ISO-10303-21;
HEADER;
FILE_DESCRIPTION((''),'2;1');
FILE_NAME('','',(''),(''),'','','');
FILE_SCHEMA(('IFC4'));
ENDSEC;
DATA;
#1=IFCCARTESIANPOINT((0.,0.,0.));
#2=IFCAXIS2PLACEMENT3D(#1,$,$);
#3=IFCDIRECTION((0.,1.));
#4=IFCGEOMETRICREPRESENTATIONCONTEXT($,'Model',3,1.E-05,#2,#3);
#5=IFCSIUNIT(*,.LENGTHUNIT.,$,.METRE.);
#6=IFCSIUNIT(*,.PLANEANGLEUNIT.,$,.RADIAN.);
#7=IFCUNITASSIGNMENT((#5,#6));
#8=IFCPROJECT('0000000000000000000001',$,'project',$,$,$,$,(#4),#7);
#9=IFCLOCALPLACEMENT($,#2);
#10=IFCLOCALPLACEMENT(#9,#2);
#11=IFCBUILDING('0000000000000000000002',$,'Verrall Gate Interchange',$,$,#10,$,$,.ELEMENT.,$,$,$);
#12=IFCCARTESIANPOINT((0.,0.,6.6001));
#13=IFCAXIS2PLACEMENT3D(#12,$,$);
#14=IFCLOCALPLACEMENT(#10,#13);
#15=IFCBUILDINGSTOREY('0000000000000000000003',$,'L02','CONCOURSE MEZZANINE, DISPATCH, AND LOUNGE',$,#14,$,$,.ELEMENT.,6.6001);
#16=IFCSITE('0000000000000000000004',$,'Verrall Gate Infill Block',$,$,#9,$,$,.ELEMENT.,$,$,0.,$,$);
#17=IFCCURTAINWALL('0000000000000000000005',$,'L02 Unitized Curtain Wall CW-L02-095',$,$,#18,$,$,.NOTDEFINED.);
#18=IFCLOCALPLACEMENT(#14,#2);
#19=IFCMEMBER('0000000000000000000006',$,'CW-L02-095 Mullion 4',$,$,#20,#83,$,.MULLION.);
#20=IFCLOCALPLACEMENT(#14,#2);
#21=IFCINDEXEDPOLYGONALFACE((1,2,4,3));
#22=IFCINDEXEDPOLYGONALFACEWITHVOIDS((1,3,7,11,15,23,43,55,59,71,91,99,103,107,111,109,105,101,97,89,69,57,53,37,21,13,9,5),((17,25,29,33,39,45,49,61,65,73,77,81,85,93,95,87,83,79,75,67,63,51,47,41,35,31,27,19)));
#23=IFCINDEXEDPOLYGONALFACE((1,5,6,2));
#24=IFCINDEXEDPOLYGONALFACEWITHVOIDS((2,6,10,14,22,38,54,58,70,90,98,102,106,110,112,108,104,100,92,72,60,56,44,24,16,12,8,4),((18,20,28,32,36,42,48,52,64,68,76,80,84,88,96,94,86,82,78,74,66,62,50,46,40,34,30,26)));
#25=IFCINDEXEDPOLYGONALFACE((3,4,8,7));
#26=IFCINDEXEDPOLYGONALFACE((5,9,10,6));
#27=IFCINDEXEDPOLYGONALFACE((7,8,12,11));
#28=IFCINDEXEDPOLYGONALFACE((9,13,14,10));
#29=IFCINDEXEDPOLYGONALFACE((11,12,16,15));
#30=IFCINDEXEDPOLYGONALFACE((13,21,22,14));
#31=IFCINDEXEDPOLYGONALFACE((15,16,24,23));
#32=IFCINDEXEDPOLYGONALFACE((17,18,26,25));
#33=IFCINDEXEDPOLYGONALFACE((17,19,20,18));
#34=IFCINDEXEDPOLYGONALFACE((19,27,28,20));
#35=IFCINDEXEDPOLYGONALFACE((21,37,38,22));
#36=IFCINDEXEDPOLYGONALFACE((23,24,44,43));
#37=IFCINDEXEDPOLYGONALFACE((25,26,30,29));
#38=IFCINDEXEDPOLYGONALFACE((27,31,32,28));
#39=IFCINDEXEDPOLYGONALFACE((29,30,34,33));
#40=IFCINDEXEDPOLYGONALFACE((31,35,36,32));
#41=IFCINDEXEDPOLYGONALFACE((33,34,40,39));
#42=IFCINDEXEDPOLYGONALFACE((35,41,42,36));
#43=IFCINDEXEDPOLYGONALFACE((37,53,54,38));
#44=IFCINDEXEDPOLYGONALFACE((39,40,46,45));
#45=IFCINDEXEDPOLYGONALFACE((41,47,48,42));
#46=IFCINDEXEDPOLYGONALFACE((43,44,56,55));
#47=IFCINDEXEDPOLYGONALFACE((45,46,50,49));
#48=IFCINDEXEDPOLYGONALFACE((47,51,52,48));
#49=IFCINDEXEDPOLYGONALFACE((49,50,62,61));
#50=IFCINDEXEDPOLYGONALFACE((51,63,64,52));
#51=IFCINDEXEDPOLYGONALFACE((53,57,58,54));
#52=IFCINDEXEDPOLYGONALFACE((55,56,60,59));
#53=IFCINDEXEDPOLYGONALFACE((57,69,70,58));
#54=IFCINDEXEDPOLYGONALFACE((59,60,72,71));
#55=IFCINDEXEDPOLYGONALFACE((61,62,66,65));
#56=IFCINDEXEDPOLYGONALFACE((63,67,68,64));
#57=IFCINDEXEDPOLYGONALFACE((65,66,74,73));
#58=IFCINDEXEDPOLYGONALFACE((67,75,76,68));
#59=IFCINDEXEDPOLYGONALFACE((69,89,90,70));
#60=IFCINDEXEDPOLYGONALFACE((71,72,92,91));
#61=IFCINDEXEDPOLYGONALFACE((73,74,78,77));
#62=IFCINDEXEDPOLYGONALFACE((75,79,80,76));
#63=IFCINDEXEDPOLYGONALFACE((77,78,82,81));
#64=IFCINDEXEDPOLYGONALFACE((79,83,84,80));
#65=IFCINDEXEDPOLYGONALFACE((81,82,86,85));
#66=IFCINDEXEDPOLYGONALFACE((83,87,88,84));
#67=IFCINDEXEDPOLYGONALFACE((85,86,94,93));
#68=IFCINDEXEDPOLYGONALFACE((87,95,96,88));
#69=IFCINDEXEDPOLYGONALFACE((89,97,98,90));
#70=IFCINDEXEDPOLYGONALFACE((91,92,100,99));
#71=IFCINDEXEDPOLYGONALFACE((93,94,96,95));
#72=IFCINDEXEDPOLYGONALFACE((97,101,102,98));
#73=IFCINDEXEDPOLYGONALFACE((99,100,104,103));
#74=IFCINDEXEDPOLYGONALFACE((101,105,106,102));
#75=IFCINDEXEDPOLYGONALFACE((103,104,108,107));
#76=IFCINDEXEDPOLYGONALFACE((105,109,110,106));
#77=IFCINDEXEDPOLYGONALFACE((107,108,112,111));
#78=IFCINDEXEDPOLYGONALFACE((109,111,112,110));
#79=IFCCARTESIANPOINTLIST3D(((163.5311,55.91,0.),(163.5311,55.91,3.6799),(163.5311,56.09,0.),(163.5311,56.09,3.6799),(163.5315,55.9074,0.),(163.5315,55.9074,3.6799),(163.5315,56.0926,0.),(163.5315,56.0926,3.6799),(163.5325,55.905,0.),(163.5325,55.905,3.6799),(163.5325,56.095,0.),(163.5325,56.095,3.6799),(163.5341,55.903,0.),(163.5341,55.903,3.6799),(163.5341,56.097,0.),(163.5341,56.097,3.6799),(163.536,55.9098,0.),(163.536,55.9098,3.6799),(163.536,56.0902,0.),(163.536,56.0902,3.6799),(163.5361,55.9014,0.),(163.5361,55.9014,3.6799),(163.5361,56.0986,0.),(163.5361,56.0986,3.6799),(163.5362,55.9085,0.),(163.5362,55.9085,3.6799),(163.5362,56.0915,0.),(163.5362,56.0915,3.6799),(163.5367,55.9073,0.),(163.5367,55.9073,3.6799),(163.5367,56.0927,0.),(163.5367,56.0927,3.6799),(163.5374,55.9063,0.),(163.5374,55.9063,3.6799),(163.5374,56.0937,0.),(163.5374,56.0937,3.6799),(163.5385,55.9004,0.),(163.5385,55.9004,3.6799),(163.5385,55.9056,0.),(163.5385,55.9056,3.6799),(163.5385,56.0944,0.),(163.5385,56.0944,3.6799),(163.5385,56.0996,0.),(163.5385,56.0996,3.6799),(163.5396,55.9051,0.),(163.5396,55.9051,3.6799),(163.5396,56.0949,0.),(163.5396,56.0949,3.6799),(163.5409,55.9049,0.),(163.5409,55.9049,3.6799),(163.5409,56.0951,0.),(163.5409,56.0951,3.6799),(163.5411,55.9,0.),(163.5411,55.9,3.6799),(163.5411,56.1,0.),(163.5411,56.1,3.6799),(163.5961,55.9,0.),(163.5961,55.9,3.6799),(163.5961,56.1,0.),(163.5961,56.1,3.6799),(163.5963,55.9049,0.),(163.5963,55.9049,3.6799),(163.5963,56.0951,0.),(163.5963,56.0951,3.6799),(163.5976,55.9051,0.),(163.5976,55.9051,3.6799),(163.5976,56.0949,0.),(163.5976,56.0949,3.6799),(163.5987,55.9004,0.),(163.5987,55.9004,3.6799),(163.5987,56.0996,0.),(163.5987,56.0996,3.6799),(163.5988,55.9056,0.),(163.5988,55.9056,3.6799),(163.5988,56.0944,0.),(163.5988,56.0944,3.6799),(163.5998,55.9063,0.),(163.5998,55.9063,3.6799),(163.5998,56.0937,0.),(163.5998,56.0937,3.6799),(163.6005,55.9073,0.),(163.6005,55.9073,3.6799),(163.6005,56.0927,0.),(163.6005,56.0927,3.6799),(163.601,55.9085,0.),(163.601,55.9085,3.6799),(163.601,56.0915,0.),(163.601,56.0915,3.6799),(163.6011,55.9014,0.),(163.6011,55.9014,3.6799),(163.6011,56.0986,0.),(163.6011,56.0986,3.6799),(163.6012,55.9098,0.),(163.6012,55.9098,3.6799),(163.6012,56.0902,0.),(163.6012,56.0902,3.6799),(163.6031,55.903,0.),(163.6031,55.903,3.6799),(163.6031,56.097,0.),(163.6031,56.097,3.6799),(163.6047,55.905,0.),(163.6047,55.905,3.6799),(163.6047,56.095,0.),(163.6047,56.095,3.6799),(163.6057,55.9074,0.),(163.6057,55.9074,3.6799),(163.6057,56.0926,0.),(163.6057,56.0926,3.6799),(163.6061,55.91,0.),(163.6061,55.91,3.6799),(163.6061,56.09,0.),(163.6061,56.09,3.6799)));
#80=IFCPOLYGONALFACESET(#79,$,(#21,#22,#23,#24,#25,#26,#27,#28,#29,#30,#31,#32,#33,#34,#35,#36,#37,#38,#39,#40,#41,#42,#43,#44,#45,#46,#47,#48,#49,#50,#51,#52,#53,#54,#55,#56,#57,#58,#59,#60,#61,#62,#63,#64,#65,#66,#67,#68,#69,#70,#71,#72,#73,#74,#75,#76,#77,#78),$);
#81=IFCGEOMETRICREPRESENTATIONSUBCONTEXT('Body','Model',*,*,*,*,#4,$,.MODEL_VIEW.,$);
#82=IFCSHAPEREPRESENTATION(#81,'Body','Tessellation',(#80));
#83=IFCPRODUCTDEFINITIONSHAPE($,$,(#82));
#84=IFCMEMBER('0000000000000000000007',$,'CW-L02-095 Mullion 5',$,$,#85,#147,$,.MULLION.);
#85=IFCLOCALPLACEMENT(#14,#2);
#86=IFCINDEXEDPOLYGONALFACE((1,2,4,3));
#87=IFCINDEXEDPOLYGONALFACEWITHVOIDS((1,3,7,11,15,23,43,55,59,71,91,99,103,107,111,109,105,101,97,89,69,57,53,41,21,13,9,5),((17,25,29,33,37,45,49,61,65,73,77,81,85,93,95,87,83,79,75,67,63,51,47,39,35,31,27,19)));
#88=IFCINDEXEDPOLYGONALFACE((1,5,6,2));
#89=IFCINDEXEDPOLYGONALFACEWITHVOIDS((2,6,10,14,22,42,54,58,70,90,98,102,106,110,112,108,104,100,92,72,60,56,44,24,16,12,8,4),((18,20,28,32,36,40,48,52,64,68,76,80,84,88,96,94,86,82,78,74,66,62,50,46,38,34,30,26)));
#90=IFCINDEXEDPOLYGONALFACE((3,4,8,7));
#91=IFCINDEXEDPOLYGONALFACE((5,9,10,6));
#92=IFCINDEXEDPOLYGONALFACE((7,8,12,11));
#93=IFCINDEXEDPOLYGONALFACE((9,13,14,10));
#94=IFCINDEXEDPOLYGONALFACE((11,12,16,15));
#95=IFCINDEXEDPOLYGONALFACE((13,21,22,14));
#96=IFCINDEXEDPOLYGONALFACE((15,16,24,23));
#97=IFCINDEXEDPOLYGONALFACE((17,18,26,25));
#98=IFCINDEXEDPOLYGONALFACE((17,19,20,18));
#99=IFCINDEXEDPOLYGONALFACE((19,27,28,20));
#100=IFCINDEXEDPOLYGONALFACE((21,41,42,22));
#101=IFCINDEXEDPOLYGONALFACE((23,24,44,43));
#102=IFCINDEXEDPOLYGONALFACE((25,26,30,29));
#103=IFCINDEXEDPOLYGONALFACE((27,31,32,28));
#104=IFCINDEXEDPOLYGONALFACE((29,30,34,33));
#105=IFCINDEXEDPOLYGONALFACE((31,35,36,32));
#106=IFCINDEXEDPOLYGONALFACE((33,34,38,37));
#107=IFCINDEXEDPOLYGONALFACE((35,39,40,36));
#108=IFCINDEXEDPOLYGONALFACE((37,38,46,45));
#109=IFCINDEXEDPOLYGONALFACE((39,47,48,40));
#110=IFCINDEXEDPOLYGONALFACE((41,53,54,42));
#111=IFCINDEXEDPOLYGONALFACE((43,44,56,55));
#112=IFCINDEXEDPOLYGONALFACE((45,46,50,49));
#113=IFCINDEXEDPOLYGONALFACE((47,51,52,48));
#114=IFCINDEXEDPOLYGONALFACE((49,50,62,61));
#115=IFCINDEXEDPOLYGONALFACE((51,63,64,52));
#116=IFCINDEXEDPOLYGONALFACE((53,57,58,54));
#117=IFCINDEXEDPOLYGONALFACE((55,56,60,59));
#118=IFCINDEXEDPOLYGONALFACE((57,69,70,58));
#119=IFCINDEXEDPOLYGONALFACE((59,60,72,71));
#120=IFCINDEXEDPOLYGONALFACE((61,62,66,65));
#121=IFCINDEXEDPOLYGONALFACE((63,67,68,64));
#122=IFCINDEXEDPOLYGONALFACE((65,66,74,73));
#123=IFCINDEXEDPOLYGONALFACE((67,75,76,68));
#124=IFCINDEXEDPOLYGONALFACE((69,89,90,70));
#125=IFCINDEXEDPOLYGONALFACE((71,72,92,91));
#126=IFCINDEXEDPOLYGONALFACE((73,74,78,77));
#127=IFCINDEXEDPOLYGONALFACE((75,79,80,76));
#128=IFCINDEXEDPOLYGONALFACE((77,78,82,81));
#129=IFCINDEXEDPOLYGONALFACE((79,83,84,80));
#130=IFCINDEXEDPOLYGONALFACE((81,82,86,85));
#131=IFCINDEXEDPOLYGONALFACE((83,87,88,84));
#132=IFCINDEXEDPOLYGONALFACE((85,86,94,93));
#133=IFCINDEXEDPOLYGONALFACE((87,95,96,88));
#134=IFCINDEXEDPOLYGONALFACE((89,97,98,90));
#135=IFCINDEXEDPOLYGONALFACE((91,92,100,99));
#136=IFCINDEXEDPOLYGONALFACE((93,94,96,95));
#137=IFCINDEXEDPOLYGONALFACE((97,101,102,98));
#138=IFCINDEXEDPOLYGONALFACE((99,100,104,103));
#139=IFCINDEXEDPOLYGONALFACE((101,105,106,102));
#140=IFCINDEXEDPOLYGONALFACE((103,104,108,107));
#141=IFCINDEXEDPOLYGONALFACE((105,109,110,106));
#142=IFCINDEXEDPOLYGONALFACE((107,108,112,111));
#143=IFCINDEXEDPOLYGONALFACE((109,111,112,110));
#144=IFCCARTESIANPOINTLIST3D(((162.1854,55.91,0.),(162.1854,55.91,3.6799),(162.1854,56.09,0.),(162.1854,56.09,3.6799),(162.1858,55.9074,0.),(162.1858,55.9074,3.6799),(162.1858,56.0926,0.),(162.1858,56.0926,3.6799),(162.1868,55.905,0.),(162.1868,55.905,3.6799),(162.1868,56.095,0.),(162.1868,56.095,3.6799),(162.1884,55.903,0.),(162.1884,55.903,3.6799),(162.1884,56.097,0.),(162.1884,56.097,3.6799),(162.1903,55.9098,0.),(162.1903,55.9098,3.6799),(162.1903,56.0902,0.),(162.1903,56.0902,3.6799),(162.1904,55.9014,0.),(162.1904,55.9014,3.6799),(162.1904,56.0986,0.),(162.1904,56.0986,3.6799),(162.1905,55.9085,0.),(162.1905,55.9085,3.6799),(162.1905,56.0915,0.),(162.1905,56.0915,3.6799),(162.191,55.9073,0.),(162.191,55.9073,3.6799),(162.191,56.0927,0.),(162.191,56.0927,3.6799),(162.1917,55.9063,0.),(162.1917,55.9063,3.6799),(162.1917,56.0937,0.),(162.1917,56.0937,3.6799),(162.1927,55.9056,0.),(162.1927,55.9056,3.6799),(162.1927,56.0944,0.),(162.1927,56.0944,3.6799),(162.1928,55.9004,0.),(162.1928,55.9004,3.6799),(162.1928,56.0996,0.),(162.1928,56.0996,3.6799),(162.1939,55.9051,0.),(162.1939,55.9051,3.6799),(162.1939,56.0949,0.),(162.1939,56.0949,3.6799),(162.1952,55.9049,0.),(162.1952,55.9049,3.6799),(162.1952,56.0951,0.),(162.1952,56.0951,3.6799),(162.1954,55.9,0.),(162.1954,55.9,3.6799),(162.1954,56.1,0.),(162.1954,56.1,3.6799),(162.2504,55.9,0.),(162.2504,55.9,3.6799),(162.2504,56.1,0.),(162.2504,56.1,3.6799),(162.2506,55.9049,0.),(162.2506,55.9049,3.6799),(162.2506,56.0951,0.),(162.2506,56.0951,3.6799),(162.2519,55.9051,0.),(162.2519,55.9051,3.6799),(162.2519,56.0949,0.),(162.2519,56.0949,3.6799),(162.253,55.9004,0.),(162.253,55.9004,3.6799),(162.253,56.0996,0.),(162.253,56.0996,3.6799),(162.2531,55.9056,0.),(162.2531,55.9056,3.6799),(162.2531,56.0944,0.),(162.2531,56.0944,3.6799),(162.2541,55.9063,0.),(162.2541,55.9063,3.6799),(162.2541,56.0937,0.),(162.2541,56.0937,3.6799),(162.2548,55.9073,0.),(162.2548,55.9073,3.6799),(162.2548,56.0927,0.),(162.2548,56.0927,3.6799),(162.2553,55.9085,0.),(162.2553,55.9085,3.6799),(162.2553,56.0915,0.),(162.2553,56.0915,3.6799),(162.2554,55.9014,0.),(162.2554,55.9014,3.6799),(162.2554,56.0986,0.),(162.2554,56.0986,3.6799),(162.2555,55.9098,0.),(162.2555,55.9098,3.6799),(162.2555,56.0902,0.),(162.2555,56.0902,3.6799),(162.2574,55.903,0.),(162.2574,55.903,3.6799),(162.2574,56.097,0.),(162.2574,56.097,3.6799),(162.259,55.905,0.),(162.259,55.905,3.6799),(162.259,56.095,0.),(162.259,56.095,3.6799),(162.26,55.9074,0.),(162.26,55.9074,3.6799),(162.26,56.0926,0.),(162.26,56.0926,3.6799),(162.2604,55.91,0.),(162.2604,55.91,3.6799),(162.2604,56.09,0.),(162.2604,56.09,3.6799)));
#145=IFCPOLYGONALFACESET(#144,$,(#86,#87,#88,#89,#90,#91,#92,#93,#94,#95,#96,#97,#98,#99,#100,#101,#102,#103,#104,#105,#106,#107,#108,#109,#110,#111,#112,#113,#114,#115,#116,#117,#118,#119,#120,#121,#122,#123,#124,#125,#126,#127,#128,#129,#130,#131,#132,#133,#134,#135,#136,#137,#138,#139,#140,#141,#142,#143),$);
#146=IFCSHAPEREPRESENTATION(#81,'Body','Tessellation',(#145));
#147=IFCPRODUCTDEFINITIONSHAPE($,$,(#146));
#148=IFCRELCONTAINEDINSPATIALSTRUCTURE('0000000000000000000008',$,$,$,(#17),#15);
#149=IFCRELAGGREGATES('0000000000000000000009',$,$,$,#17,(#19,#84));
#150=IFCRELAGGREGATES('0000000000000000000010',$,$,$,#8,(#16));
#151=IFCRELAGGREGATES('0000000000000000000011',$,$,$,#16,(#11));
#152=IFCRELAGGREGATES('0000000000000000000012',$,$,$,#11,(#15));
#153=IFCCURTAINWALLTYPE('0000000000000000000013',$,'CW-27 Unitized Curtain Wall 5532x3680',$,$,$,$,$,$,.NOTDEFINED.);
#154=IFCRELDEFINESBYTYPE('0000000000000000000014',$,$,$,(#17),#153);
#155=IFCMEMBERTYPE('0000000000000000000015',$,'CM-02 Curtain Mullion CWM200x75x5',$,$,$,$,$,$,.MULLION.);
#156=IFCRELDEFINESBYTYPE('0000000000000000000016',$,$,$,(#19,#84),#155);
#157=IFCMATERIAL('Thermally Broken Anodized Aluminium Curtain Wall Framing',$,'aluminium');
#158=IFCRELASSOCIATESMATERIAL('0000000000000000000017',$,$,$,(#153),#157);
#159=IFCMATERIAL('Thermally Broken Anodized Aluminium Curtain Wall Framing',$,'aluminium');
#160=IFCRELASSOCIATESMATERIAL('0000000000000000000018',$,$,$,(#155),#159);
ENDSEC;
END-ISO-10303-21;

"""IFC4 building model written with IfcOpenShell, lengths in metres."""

from ifc_helpers import new_model, si_unit, direction, frame, origin, origin_2d, place, context, subcontext, project, spatial, hollow_rectangle, extrude, material, material_profile, profile_set, type_object, element, aggregate, save


model = new_model("IFC4")

# Units and contexts
model_context = context("Model", 3, precision=1e-05, world=origin(), true_north=direction((0.0, 1.0)))
body_context = subcontext(model_context, "Body", "Model", "MODEL_VIEW")
ifc_project = project(units=[si_unit("LENGTHUNIT", "METRE"), si_unit("PLANEANGLEUNIT", "RADIAN")], contexts=[model_context])

# Site, building, storey
site_placement = place(None, origin())
site = spatial("IfcSite", under=ifc_project, at=site_placement, Name="Verrall Gate Infill Block", CompositionType="ELEMENT", RefElevation=0.0)
building_placement = place(site_placement, origin())
building = spatial("IfcBuilding", under=site, at=building_placement, Name="Verrall Gate Interchange", CompositionType="ELEMENT")
storey_placement = place(building_placement, frame((0.0, 0.0, 6.6001)))
storey = spatial("IfcBuildingStorey", under=building, at=storey_placement, Name="L02", Description="CONCOURSE MEZZANINE, DISPATCH, AND LOUNGE", CompositionType="ELEMENT", Elevation=6.6001)

# Curtain wall, members
ifc_material_1 = material(Name="Thermally Broken Anodized Aluminium Curtain Wall Framing", Category="aluminium")
curtain_wall_type_1 = type_object("IfcCurtainWallType", Name="CW-27 Unitized Curtain Wall 5532x3680", PredefinedType="NOTDEFINED", material=ifc_material_1)
curtain_wall_1_placement = place(storey_placement, origin())
curtain_wall_1 = element("IfcCurtainWall", 1, at=curtain_wall_1_placement, inside=storey, type_object=curtain_wall_type_1, Name="L02 Unitized Curtain Wall CW-L02-095", PredefinedType="NOTDEFINED")
ifc_material_2 = material(Name="Thermally Broken Anodized Aluminium Curtain Wall Framing", Category="aluminium")
ifc_material_profile_1 = material_profile(ifc_material_2, hollow_rectangle(XDim=0.075, YDim=0.2, WallThickness=0.0049, InnerFilletRadius=0.0049, OuterFilletRadius=0.01, at=origin_2d()), Name="CWM200x75x5")
ifc_profile_set_1 = profile_set([ifc_material_profile_1], Name="Thermally Broken Anodized Aluminium Curtain Wall Framing")
member_type_1 = type_object("IfcMemberType", Name="CM-02 Curtain Mullion CWM200x75x5", PredefinedType="MULLION", material=ifc_profile_set_1)
member_1_placement = place(storey_placement, frame((163.5686, 56.0, 0.0), z_axis=(0.0, 0.0, 1.0), x_axis=(-1.0, 0.0, 0.0)))
member_1 = element("IfcMember", 2, at=member_1_placement, type_object=member_type_1, Name="CW-L02-095 Mullion 4", PredefinedType="MULLION", context=body_context, shape_type="SweptSolid", body=[
    extrude(hollow_rectangle(XDim=0.075, YDim=0.2, WallThickness=0.0049, InnerFilletRadius=0.0049, OuterFilletRadius=0.01, at=origin_2d()), origin(), (0.0, 0.0, 1.0), 3.6799),
])
member_2_placement = place(storey_placement, frame((162.2229, 56.0, 0.0), z_axis=(0.0, 0.0, 1.0), x_axis=(-1.0, 0.0, 0.0)))
member_2 = element("IfcMember", 3, at=member_2_placement, type_object=member_type_1, Name="CW-L02-095 Mullion 5", PredefinedType="MULLION", context=body_context, shape_type="SweptSolid", body=[
    extrude(hollow_rectangle(XDim=0.075, YDim=0.2, WallThickness=0.0049, InnerFilletRadius=0.0049, OuterFilletRadius=0.01, at=origin_2d()), origin(), (0.0, 0.0, 1.0), 3.6799),
])

aggregate(curtain_wall_1, [member_1, member_2])

save(model, "model.ifc")
